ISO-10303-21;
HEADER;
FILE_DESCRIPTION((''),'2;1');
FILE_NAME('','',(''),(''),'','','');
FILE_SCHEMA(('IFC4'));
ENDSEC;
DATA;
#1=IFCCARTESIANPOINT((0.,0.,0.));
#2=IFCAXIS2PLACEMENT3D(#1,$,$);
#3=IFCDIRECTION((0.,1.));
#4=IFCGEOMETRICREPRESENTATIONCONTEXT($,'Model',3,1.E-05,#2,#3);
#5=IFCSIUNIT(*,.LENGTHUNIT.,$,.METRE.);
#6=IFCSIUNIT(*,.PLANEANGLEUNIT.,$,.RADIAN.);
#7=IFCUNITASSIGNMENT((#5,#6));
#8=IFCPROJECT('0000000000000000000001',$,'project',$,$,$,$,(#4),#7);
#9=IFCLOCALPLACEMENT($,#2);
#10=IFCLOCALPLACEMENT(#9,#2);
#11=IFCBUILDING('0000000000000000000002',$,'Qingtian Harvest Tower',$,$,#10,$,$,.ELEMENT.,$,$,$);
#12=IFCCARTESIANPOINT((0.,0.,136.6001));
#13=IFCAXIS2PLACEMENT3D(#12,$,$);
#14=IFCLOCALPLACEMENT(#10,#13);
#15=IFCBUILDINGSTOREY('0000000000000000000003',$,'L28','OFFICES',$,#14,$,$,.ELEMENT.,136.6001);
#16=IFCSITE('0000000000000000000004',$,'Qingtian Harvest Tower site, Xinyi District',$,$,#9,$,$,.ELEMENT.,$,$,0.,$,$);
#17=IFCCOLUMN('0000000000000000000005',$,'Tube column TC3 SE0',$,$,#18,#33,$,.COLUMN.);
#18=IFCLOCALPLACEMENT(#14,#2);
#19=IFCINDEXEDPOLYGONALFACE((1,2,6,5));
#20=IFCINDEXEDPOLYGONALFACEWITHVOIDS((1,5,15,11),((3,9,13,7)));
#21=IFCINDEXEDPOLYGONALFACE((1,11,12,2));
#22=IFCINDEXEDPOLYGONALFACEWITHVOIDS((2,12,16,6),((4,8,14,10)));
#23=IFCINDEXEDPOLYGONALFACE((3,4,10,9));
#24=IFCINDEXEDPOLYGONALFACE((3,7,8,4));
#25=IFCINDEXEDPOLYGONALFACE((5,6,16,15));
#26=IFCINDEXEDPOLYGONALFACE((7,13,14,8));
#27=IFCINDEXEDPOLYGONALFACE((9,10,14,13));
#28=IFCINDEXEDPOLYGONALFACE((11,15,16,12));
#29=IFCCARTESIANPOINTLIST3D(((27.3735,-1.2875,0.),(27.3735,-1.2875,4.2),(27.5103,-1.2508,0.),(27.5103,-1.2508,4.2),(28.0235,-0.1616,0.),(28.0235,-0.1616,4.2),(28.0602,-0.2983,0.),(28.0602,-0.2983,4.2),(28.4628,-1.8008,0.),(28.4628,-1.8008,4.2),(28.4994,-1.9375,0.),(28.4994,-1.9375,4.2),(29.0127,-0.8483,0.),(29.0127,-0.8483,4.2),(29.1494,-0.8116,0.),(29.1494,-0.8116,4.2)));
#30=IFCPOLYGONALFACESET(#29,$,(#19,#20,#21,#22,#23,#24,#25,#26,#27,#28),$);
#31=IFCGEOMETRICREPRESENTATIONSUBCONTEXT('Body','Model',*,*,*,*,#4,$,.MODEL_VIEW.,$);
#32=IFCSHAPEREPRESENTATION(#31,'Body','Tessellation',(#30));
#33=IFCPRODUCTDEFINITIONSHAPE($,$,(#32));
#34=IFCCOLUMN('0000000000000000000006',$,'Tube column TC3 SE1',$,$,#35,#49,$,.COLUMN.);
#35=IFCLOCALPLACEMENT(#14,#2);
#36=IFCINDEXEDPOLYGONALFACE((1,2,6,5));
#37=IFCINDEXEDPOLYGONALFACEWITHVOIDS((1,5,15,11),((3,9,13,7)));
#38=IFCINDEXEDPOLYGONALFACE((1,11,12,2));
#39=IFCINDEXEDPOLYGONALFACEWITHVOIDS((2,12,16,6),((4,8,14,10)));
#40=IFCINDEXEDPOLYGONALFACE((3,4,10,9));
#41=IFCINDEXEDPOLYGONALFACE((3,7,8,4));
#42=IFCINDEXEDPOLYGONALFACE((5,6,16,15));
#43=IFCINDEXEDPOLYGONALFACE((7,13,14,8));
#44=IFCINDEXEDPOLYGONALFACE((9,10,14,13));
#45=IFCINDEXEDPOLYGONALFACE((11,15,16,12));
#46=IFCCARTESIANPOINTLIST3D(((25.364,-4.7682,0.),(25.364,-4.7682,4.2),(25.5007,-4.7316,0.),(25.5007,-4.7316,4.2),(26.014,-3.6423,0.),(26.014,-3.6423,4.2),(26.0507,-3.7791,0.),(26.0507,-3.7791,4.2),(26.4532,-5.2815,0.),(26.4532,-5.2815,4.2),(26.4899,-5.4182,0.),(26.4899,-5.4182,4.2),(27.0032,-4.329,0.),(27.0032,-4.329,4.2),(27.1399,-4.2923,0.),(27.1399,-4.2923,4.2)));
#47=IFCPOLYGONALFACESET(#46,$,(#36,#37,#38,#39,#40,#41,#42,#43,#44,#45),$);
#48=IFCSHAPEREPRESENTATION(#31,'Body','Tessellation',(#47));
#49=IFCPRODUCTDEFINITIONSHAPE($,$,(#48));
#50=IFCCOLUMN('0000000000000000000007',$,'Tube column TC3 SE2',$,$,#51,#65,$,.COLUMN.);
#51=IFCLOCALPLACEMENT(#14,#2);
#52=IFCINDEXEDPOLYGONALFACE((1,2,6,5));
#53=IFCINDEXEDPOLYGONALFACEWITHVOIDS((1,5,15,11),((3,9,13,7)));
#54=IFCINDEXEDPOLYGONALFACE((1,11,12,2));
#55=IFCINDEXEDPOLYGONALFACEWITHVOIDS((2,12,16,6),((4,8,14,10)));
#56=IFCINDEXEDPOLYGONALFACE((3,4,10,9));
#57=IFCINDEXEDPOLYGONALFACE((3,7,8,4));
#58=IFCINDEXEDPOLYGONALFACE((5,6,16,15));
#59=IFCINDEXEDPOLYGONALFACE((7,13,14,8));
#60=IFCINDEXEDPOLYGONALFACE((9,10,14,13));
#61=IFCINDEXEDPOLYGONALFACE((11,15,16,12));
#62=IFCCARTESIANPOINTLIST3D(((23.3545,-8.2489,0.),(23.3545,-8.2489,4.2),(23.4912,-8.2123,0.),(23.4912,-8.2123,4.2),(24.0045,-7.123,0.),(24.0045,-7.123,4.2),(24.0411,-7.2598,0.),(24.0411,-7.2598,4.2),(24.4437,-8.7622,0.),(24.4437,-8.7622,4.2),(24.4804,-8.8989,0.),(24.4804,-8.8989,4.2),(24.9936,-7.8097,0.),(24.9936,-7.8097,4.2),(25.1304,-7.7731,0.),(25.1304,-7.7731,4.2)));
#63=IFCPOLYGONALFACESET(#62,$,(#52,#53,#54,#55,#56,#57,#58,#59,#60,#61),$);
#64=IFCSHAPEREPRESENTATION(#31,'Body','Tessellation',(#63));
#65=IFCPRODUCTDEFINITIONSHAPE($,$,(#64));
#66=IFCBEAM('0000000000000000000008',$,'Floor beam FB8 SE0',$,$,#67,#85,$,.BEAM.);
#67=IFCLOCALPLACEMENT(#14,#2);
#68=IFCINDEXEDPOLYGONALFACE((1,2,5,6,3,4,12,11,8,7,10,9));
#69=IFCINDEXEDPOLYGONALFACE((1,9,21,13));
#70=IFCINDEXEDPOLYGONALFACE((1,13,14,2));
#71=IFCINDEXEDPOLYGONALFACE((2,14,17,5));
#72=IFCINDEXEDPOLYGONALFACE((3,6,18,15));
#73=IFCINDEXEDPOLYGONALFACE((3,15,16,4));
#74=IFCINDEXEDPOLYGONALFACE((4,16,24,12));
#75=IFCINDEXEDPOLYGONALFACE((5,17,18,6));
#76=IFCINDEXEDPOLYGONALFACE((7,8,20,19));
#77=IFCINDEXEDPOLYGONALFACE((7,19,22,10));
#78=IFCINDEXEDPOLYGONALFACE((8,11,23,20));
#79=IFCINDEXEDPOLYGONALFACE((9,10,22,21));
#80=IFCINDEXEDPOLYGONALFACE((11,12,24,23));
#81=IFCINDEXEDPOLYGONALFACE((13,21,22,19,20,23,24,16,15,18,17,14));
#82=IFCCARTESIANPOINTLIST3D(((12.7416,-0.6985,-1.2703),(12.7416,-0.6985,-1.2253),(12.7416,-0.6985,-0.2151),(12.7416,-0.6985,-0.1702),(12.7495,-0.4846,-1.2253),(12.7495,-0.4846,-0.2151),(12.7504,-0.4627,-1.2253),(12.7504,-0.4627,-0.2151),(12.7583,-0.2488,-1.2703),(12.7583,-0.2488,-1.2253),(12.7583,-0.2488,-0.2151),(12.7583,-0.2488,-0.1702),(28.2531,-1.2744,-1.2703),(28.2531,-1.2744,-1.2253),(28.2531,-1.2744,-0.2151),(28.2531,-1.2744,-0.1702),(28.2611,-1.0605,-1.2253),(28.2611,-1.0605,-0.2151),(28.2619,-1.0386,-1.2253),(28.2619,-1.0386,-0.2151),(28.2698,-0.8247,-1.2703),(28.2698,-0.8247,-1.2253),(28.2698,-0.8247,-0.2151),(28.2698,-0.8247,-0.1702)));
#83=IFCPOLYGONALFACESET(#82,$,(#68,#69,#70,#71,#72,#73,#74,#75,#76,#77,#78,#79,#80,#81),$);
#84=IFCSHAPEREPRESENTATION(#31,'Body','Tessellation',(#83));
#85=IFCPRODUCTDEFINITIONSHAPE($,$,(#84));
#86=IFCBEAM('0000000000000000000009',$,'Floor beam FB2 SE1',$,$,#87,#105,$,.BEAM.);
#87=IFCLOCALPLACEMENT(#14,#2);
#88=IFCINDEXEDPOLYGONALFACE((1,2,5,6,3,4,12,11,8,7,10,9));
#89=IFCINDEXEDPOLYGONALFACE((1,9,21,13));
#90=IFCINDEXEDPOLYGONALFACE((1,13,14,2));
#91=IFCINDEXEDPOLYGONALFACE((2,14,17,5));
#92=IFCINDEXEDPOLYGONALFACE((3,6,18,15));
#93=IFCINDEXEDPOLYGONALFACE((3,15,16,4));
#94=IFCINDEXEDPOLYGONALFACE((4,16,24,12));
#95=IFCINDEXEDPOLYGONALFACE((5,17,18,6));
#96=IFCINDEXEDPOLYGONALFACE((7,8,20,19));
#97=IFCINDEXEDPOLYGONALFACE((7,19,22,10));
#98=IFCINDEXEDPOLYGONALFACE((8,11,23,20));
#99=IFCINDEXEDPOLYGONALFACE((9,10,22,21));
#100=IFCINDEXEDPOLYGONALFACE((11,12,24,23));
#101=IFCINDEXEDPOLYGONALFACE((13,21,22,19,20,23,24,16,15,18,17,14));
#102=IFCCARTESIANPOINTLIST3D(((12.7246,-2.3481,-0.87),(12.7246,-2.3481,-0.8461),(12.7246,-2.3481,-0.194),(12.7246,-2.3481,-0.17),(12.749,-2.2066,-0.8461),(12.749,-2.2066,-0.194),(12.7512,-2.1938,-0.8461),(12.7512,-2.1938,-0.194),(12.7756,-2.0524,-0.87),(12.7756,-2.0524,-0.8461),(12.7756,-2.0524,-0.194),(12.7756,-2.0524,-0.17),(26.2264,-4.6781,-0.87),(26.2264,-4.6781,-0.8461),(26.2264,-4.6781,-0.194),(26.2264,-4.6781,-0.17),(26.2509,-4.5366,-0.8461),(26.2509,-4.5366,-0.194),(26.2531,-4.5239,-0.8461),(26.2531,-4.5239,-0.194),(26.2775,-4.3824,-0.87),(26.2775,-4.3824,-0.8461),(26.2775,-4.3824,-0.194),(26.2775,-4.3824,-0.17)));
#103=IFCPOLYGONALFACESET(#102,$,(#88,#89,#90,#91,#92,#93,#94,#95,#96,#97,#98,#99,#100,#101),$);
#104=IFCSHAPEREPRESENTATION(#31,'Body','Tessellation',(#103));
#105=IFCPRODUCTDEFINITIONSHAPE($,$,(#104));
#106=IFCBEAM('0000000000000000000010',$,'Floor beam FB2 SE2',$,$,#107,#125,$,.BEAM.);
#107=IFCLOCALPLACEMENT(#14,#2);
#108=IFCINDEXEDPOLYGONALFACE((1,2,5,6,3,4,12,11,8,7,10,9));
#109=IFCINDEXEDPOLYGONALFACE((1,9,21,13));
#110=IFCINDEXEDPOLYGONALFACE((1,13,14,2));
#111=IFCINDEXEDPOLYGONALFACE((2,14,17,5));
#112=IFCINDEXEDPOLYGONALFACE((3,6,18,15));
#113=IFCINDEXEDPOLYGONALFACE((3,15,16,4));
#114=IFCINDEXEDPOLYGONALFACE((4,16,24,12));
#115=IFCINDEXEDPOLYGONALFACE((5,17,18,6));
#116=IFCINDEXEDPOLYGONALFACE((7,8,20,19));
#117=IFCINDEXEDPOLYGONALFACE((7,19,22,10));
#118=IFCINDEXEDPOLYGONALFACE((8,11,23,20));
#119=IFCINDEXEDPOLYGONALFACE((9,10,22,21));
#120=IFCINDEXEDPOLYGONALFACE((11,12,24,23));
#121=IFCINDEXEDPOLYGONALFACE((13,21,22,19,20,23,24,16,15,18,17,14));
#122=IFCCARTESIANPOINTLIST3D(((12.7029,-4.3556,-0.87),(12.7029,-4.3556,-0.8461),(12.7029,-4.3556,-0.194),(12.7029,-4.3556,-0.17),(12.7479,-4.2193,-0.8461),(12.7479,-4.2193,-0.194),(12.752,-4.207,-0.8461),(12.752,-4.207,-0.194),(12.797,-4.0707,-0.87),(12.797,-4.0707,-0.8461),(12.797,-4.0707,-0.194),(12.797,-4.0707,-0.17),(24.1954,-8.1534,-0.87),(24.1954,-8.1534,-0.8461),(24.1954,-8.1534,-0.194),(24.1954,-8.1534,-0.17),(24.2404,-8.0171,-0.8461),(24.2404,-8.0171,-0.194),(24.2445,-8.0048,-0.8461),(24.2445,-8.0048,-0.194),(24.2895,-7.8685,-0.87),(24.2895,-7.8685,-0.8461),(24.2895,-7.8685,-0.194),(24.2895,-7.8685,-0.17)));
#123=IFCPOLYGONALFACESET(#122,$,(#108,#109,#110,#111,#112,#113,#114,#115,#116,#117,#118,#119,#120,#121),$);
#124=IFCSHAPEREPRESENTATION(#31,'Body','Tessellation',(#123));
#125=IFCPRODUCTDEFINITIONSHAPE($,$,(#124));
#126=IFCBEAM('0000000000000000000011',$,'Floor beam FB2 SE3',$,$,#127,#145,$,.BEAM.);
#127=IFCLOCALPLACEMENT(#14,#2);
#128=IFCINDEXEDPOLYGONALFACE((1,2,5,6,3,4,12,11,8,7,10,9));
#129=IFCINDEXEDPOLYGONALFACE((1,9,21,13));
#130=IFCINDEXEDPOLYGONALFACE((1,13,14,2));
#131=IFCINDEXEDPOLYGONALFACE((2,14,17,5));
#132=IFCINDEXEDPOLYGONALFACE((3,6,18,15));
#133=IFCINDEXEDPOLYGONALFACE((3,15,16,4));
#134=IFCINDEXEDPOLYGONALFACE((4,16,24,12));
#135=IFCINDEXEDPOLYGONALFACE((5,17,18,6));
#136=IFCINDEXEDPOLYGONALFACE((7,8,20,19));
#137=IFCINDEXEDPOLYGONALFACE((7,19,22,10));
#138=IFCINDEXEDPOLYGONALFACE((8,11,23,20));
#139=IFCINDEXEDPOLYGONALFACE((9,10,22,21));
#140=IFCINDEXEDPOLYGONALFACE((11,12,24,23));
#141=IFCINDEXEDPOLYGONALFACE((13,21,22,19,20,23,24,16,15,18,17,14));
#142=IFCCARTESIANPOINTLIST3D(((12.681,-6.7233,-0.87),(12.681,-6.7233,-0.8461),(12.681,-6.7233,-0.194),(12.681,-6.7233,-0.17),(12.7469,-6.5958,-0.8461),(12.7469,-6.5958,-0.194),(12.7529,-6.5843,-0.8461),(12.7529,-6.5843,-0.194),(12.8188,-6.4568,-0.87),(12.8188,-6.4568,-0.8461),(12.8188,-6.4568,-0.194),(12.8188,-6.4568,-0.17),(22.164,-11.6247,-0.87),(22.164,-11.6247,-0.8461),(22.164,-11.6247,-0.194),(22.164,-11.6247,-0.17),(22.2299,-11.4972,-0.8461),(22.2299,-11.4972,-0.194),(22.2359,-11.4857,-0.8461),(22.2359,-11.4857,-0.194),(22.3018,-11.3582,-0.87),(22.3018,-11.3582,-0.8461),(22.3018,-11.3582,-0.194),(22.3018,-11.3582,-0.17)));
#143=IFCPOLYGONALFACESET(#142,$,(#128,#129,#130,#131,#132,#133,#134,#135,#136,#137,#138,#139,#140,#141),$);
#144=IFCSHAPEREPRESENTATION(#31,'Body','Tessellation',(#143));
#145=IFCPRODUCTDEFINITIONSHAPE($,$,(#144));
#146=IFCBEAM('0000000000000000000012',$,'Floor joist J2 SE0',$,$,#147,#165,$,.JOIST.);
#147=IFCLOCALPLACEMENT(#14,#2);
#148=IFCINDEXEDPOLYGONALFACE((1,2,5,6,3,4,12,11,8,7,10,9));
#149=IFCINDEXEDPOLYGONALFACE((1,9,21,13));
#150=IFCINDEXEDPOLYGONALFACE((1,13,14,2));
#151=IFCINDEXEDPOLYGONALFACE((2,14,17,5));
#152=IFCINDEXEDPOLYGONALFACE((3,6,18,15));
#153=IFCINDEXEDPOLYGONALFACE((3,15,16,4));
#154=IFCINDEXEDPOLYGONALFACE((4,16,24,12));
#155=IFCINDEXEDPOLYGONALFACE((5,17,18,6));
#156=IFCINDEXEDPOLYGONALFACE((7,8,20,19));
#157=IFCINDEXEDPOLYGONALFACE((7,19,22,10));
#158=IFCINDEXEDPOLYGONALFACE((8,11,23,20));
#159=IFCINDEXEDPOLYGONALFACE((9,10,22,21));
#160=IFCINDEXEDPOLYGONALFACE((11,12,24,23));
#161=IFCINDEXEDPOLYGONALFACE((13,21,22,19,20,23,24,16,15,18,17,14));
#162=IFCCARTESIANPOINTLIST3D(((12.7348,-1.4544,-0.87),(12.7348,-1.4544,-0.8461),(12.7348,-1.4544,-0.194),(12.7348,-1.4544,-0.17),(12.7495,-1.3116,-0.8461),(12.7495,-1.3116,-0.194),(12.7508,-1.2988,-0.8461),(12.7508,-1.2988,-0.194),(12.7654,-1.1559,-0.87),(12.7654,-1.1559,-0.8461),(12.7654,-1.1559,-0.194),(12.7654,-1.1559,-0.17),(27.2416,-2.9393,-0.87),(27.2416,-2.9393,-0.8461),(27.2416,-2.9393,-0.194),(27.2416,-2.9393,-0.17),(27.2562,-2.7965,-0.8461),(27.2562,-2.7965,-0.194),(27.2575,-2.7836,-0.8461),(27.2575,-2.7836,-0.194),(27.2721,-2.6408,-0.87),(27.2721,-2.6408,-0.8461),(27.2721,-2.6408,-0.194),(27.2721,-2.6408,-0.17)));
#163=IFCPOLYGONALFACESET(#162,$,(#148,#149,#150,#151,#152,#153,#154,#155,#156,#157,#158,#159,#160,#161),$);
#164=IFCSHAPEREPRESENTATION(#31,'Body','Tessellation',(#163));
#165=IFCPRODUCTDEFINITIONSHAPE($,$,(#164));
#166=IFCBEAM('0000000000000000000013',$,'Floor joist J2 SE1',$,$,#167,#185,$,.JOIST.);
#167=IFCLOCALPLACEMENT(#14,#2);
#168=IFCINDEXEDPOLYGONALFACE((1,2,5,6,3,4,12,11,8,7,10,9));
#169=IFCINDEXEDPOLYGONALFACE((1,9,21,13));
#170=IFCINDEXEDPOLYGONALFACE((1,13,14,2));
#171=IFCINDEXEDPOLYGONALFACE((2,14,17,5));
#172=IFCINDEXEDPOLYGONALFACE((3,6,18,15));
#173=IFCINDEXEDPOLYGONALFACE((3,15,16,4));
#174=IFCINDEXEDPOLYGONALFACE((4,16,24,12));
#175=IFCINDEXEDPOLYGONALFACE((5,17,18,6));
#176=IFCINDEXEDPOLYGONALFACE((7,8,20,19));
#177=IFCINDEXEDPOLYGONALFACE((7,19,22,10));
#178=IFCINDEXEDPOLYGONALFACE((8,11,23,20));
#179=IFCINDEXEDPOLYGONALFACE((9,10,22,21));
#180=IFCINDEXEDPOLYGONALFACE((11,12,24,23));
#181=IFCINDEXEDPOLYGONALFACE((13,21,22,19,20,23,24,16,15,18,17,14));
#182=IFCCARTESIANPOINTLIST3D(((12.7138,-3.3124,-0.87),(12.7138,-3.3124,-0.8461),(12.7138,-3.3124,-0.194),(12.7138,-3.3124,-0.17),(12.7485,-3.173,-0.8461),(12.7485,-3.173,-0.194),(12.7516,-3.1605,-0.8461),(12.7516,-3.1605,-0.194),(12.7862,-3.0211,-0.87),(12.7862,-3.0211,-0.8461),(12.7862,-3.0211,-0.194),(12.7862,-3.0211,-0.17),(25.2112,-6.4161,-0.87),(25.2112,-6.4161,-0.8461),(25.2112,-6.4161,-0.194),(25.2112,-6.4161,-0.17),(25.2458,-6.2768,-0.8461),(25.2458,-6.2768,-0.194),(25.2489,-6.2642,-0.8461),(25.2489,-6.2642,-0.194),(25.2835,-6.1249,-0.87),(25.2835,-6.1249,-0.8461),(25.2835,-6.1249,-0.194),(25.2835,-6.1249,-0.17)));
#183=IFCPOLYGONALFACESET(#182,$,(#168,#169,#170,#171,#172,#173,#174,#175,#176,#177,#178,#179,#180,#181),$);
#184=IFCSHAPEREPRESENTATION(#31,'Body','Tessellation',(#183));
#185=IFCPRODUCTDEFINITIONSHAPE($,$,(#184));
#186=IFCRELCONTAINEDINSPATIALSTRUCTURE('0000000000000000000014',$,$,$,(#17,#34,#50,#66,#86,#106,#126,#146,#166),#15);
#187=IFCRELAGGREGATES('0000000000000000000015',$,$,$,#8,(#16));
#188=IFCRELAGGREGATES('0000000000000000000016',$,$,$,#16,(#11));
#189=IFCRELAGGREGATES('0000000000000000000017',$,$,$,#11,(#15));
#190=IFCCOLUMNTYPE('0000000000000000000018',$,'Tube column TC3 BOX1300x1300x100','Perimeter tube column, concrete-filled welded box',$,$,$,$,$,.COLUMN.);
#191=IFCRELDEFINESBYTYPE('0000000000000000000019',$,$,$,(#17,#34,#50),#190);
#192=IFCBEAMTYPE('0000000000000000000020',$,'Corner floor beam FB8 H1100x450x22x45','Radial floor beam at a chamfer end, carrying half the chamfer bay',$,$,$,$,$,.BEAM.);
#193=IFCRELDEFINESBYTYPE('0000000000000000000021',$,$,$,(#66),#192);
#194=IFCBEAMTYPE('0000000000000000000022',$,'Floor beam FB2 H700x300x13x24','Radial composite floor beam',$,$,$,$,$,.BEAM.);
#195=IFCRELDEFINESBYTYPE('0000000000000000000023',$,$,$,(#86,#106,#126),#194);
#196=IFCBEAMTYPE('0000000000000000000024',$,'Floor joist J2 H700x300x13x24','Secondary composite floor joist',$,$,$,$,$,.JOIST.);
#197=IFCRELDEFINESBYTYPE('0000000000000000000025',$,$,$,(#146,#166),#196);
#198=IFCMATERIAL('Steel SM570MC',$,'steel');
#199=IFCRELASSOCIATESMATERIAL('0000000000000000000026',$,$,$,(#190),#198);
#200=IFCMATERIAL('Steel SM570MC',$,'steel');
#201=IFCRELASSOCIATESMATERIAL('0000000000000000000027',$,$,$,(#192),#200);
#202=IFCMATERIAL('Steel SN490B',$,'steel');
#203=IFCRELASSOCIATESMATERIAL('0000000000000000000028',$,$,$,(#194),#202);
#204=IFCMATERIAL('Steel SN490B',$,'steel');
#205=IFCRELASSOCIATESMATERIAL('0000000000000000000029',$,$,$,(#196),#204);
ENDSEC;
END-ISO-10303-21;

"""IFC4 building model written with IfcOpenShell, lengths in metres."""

from ifc_helpers import new_model, si_unit, direction, frame, origin, origin_2d, place, context, subcontext, project, spatial, hollow_rectangle, i_section, extrude, material, material_profile, profile_set, type_object, element, save


model = new_model("IFC4")

# Units and contexts
model_context = context("Model", 3, precision=1e-05, world=origin(), true_north=direction((0.0, 1.0)))
body_context = subcontext(model_context, "Body", "Model", "MODEL_VIEW")
ifc_project = project(units=[si_unit("LENGTHUNIT", "METRE"), si_unit("PLANEANGLEUNIT", "RADIAN")], contexts=[model_context])

# Site, building, storey
site_placement = place(None, origin())
site = spatial("IfcSite", under=ifc_project, at=site_placement, Name="Qingtian Harvest Tower site, Xinyi District", CompositionType="ELEMENT", RefElevation=0.0)
building_placement = place(site_placement, origin())
building = spatial("IfcBuilding", under=site, at=building_placement, Name="Qingtian Harvest Tower", CompositionType="ELEMENT")
storey_placement = place(building_placement, frame((0.0, 0.0, 136.6001)))
storey = spatial("IfcBuildingStorey", under=building, at=storey_placement, Name="L28", Description="OFFICES", CompositionType="ELEMENT", Elevation=136.6001)

# Columns
ifc_material_1 = material(Name="Steel SM570MC", Category="steel")
ifc_material_profile_1 = material_profile(ifc_material_1, hollow_rectangle(XDim=1.3, YDim=1.3, WallThickness=0.1001, at=origin_2d()), Name="BOX1300x1300x100")
ifc_profile_set_1 = profile_set([ifc_material_profile_1], Name="Steel SM570MC")
column_type = type_object("IfcColumnType", Name="Tube column TC3 BOX1300x1300x100", Description="Perimeter tube column, concrete-filled welded box", PredefinedType="COLUMN", material=ifc_profile_set_1)
for number, where, z_axis, x_axis, name in (
    (1, (28.2615, -1.0496, 0.0), (0.0, 0.0, 1.0), (0.5, 0.866025, 0.0), "Tube column TC3 SE0"),
    (2, (26.252, -4.5303, 0.0), (0.0, 0.0, 1.0), (0.5, 0.866025, 0.0), "Tube column TC3 SE1"),
    (3, (24.2424, -8.011, 0.0), (0.0, 0.0, 1.0), (0.5, 0.866025, 0.0), "Tube column TC3 SE2"),
):
    element("IfcColumn", number, at=place(storey_placement, frame(where, z_axis=z_axis, x_axis=x_axis)), inside=storey, type_object=column_type, Name=name, PredefinedType="COLUMN", context=body_context, shape_type="SweptSolid", body=[
        extrude(hollow_rectangle(XDim=1.3, YDim=1.3, WallThickness=0.1001, at=origin_2d()), origin(), (0.0, 0.0, 1.0), 4.2),
    ])

# Beams
ifc_material_2 = material(Name="Steel SM570MC", Category="steel")
ifc_material_profile_2 = material_profile(ifc_material_2, i_section(OverallWidth=0.45, OverallDepth=1.1001, WebThickness=0.022, FlangeThickness=0.0449, at=origin_2d()), Name="H1100x450x22x45")
ifc_profile_set_2 = profile_set([ifc_material_profile_2], Name="Steel SM570MC")
beam_type_1 = type_object("IfcBeamType", Name="Corner floor beam FB8 H1100x450x22x45", Description="Radial floor beam at a chamfer end, carrying half the chamfer bay", PredefinedType="BEAM", material=ifc_profile_set_2)
beam_1_placement = place(storey_placement, frame((28.2615, -1.0496, -0.7202), z_axis=(-0.999311, 0.037104, 0.0), x_axis=(-0.037104, -0.999311, 0.0)))
element("IfcBeam", 4, at=beam_1_placement, inside=storey, type_object=beam_type_1, Name="Floor beam FB8 SE0", PredefinedType="BEAM", context=body_context, shape_type="SweptSolid", body=[
    extrude(i_section(OverallWidth=0.45, OverallDepth=1.1001, WebThickness=0.022, FlangeThickness=0.0449, at=origin_2d()), origin(), (0.0, 0.0, 1.0), 15.5222),
])
ifc_material_3 = material(Name="Steel SN490B", Category="steel")
ifc_material_profile_3 = material_profile(ifc_material_3, i_section(OverallWidth=0.3, OverallDepth=0.7, WebThickness=0.0129, FlangeThickness=0.0239, at=origin_2d()), Name="H700x300x13x24")
ifc_profile_set_3 = profile_set([ifc_material_profile_3], Name="Steel SN490B")
beam_type_2 = type_object("IfcBeamType", Name="Floor beam FB2 H700x300x13x24", Description="Radial composite floor beam", PredefinedType="BEAM", material=ifc_profile_set_3)
beam_2_placement = place(storey_placement, frame((26.252, -4.5303, -0.52), z_axis=(-0.985434, 0.17006, 0.0), x_axis=(-0.17006, -0.985434, 0.0)))
element("IfcBeam", 5, at=beam_2_placement, inside=storey, type_object=beam_type_2, Name="Floor beam FB2 SE1", PredefinedType="BEAM", context=body_context, shape_type="SweptSolid", body=[
    extrude(i_section(OverallWidth=0.3, OverallDepth=0.7, WebThickness=0.0129, FlangeThickness=0.0239, at=origin_2d()), origin(), (0.0, 0.0, 1.0), 13.7014),
])
beam_3_placement = place(storey_placement, frame((24.2424, -8.011, -0.52), z_axis=(-0.949497, 0.313776, 0.0), x_axis=(-0.313776, -0.949497, 0.0)))
element("IfcBeam", 6, at=beam_3_placement, inside=storey, type_object=beam_type_2, Name="Floor beam FB2 SE2", PredefinedType="BEAM", context=body_context, shape_type="SweptSolid", body=[
    extrude(i_section(OverallWidth=0.3, OverallDepth=0.7, WebThickness=0.0129, FlangeThickness=0.0239, at=origin_2d()), origin(), (0.0, 0.0, 1.0), 12.1038),
])
beam_4_placement = place(storey_placement, frame((22.2329, -11.4915, -0.52), z_axis=(-0.888355, 0.459158, 0.0), x_axis=(-0.459158, -0.888355, 0.0)))
element("IfcBeam", 7, at=beam_4_placement, inside=storey, type_object=beam_type_2, Name="Floor beam FB2 SE3", PredefinedType="BEAM", context=body_context, shape_type="SweptSolid", body=[
    extrude(i_section(OverallWidth=0.3, OverallDepth=0.7, WebThickness=0.0129, FlangeThickness=0.0239, at=origin_2d()), origin(), (0.0, 0.0, 1.0), 10.6748),
])
ifc_material_4 = material(Name="Steel SN490B", Category="steel")
ifc_material_profile_4 = material_profile(ifc_material_4, i_section(OverallWidth=0.3, OverallDepth=0.7, WebThickness=0.0129, FlangeThickness=0.0239, at=origin_2d()), Name="H700x300x13x24")
ifc_profile_set_4 = profile_set([ifc_material_profile_4], Name="Steel SN490B")
beam_type_3 = type_object("IfcBeamType", Name="Floor joist J2 H700x300x13x24", Description="Secondary composite floor joist", PredefinedType="JOIST", material=ifc_profile_set_4)
beam_5_placement = place(storey_placement, frame((27.2568, -2.79, -0.52), z_axis=(-0.994802, 0.101824, 0.0), x_axis=(-0.101824, -0.994802, 0.0)))
element("IfcBeam", 8, at=beam_5_placement, inside=storey, type_object=beam_type_3, Name="Floor joist J2 SE0", PredefinedType="JOIST", context=body_context, shape_type="SweptSolid", body=[
    extrude(i_section(OverallWidth=0.3, OverallDepth=0.7, WebThickness=0.0129, FlangeThickness=0.0239, at=origin_2d()), origin(), (0.0, 0.0, 1.0), 14.5825),
])
beam_6_placement = place(storey_placement, frame((25.2473, -6.2705, -0.52), z_axis=(-0.970517, 0.241032, 0.0), x_axis=(-0.241032, -0.970517, 0.0)))
element("IfcBeam", 9, at=beam_6_placement, inside=storey, type_object=beam_type_3, Name="Floor joist J2 SE1", PredefinedType="JOIST", context=body_context, shape_type="SweptSolid", body=[
    extrude(i_section(OverallWidth=0.3, OverallDepth=0.7, WebThickness=0.0129, FlangeThickness=0.0239, at=origin_2d()), origin(), (0.0, 0.0, 1.0), 12.877),
])

save(model, "model.ifc")
